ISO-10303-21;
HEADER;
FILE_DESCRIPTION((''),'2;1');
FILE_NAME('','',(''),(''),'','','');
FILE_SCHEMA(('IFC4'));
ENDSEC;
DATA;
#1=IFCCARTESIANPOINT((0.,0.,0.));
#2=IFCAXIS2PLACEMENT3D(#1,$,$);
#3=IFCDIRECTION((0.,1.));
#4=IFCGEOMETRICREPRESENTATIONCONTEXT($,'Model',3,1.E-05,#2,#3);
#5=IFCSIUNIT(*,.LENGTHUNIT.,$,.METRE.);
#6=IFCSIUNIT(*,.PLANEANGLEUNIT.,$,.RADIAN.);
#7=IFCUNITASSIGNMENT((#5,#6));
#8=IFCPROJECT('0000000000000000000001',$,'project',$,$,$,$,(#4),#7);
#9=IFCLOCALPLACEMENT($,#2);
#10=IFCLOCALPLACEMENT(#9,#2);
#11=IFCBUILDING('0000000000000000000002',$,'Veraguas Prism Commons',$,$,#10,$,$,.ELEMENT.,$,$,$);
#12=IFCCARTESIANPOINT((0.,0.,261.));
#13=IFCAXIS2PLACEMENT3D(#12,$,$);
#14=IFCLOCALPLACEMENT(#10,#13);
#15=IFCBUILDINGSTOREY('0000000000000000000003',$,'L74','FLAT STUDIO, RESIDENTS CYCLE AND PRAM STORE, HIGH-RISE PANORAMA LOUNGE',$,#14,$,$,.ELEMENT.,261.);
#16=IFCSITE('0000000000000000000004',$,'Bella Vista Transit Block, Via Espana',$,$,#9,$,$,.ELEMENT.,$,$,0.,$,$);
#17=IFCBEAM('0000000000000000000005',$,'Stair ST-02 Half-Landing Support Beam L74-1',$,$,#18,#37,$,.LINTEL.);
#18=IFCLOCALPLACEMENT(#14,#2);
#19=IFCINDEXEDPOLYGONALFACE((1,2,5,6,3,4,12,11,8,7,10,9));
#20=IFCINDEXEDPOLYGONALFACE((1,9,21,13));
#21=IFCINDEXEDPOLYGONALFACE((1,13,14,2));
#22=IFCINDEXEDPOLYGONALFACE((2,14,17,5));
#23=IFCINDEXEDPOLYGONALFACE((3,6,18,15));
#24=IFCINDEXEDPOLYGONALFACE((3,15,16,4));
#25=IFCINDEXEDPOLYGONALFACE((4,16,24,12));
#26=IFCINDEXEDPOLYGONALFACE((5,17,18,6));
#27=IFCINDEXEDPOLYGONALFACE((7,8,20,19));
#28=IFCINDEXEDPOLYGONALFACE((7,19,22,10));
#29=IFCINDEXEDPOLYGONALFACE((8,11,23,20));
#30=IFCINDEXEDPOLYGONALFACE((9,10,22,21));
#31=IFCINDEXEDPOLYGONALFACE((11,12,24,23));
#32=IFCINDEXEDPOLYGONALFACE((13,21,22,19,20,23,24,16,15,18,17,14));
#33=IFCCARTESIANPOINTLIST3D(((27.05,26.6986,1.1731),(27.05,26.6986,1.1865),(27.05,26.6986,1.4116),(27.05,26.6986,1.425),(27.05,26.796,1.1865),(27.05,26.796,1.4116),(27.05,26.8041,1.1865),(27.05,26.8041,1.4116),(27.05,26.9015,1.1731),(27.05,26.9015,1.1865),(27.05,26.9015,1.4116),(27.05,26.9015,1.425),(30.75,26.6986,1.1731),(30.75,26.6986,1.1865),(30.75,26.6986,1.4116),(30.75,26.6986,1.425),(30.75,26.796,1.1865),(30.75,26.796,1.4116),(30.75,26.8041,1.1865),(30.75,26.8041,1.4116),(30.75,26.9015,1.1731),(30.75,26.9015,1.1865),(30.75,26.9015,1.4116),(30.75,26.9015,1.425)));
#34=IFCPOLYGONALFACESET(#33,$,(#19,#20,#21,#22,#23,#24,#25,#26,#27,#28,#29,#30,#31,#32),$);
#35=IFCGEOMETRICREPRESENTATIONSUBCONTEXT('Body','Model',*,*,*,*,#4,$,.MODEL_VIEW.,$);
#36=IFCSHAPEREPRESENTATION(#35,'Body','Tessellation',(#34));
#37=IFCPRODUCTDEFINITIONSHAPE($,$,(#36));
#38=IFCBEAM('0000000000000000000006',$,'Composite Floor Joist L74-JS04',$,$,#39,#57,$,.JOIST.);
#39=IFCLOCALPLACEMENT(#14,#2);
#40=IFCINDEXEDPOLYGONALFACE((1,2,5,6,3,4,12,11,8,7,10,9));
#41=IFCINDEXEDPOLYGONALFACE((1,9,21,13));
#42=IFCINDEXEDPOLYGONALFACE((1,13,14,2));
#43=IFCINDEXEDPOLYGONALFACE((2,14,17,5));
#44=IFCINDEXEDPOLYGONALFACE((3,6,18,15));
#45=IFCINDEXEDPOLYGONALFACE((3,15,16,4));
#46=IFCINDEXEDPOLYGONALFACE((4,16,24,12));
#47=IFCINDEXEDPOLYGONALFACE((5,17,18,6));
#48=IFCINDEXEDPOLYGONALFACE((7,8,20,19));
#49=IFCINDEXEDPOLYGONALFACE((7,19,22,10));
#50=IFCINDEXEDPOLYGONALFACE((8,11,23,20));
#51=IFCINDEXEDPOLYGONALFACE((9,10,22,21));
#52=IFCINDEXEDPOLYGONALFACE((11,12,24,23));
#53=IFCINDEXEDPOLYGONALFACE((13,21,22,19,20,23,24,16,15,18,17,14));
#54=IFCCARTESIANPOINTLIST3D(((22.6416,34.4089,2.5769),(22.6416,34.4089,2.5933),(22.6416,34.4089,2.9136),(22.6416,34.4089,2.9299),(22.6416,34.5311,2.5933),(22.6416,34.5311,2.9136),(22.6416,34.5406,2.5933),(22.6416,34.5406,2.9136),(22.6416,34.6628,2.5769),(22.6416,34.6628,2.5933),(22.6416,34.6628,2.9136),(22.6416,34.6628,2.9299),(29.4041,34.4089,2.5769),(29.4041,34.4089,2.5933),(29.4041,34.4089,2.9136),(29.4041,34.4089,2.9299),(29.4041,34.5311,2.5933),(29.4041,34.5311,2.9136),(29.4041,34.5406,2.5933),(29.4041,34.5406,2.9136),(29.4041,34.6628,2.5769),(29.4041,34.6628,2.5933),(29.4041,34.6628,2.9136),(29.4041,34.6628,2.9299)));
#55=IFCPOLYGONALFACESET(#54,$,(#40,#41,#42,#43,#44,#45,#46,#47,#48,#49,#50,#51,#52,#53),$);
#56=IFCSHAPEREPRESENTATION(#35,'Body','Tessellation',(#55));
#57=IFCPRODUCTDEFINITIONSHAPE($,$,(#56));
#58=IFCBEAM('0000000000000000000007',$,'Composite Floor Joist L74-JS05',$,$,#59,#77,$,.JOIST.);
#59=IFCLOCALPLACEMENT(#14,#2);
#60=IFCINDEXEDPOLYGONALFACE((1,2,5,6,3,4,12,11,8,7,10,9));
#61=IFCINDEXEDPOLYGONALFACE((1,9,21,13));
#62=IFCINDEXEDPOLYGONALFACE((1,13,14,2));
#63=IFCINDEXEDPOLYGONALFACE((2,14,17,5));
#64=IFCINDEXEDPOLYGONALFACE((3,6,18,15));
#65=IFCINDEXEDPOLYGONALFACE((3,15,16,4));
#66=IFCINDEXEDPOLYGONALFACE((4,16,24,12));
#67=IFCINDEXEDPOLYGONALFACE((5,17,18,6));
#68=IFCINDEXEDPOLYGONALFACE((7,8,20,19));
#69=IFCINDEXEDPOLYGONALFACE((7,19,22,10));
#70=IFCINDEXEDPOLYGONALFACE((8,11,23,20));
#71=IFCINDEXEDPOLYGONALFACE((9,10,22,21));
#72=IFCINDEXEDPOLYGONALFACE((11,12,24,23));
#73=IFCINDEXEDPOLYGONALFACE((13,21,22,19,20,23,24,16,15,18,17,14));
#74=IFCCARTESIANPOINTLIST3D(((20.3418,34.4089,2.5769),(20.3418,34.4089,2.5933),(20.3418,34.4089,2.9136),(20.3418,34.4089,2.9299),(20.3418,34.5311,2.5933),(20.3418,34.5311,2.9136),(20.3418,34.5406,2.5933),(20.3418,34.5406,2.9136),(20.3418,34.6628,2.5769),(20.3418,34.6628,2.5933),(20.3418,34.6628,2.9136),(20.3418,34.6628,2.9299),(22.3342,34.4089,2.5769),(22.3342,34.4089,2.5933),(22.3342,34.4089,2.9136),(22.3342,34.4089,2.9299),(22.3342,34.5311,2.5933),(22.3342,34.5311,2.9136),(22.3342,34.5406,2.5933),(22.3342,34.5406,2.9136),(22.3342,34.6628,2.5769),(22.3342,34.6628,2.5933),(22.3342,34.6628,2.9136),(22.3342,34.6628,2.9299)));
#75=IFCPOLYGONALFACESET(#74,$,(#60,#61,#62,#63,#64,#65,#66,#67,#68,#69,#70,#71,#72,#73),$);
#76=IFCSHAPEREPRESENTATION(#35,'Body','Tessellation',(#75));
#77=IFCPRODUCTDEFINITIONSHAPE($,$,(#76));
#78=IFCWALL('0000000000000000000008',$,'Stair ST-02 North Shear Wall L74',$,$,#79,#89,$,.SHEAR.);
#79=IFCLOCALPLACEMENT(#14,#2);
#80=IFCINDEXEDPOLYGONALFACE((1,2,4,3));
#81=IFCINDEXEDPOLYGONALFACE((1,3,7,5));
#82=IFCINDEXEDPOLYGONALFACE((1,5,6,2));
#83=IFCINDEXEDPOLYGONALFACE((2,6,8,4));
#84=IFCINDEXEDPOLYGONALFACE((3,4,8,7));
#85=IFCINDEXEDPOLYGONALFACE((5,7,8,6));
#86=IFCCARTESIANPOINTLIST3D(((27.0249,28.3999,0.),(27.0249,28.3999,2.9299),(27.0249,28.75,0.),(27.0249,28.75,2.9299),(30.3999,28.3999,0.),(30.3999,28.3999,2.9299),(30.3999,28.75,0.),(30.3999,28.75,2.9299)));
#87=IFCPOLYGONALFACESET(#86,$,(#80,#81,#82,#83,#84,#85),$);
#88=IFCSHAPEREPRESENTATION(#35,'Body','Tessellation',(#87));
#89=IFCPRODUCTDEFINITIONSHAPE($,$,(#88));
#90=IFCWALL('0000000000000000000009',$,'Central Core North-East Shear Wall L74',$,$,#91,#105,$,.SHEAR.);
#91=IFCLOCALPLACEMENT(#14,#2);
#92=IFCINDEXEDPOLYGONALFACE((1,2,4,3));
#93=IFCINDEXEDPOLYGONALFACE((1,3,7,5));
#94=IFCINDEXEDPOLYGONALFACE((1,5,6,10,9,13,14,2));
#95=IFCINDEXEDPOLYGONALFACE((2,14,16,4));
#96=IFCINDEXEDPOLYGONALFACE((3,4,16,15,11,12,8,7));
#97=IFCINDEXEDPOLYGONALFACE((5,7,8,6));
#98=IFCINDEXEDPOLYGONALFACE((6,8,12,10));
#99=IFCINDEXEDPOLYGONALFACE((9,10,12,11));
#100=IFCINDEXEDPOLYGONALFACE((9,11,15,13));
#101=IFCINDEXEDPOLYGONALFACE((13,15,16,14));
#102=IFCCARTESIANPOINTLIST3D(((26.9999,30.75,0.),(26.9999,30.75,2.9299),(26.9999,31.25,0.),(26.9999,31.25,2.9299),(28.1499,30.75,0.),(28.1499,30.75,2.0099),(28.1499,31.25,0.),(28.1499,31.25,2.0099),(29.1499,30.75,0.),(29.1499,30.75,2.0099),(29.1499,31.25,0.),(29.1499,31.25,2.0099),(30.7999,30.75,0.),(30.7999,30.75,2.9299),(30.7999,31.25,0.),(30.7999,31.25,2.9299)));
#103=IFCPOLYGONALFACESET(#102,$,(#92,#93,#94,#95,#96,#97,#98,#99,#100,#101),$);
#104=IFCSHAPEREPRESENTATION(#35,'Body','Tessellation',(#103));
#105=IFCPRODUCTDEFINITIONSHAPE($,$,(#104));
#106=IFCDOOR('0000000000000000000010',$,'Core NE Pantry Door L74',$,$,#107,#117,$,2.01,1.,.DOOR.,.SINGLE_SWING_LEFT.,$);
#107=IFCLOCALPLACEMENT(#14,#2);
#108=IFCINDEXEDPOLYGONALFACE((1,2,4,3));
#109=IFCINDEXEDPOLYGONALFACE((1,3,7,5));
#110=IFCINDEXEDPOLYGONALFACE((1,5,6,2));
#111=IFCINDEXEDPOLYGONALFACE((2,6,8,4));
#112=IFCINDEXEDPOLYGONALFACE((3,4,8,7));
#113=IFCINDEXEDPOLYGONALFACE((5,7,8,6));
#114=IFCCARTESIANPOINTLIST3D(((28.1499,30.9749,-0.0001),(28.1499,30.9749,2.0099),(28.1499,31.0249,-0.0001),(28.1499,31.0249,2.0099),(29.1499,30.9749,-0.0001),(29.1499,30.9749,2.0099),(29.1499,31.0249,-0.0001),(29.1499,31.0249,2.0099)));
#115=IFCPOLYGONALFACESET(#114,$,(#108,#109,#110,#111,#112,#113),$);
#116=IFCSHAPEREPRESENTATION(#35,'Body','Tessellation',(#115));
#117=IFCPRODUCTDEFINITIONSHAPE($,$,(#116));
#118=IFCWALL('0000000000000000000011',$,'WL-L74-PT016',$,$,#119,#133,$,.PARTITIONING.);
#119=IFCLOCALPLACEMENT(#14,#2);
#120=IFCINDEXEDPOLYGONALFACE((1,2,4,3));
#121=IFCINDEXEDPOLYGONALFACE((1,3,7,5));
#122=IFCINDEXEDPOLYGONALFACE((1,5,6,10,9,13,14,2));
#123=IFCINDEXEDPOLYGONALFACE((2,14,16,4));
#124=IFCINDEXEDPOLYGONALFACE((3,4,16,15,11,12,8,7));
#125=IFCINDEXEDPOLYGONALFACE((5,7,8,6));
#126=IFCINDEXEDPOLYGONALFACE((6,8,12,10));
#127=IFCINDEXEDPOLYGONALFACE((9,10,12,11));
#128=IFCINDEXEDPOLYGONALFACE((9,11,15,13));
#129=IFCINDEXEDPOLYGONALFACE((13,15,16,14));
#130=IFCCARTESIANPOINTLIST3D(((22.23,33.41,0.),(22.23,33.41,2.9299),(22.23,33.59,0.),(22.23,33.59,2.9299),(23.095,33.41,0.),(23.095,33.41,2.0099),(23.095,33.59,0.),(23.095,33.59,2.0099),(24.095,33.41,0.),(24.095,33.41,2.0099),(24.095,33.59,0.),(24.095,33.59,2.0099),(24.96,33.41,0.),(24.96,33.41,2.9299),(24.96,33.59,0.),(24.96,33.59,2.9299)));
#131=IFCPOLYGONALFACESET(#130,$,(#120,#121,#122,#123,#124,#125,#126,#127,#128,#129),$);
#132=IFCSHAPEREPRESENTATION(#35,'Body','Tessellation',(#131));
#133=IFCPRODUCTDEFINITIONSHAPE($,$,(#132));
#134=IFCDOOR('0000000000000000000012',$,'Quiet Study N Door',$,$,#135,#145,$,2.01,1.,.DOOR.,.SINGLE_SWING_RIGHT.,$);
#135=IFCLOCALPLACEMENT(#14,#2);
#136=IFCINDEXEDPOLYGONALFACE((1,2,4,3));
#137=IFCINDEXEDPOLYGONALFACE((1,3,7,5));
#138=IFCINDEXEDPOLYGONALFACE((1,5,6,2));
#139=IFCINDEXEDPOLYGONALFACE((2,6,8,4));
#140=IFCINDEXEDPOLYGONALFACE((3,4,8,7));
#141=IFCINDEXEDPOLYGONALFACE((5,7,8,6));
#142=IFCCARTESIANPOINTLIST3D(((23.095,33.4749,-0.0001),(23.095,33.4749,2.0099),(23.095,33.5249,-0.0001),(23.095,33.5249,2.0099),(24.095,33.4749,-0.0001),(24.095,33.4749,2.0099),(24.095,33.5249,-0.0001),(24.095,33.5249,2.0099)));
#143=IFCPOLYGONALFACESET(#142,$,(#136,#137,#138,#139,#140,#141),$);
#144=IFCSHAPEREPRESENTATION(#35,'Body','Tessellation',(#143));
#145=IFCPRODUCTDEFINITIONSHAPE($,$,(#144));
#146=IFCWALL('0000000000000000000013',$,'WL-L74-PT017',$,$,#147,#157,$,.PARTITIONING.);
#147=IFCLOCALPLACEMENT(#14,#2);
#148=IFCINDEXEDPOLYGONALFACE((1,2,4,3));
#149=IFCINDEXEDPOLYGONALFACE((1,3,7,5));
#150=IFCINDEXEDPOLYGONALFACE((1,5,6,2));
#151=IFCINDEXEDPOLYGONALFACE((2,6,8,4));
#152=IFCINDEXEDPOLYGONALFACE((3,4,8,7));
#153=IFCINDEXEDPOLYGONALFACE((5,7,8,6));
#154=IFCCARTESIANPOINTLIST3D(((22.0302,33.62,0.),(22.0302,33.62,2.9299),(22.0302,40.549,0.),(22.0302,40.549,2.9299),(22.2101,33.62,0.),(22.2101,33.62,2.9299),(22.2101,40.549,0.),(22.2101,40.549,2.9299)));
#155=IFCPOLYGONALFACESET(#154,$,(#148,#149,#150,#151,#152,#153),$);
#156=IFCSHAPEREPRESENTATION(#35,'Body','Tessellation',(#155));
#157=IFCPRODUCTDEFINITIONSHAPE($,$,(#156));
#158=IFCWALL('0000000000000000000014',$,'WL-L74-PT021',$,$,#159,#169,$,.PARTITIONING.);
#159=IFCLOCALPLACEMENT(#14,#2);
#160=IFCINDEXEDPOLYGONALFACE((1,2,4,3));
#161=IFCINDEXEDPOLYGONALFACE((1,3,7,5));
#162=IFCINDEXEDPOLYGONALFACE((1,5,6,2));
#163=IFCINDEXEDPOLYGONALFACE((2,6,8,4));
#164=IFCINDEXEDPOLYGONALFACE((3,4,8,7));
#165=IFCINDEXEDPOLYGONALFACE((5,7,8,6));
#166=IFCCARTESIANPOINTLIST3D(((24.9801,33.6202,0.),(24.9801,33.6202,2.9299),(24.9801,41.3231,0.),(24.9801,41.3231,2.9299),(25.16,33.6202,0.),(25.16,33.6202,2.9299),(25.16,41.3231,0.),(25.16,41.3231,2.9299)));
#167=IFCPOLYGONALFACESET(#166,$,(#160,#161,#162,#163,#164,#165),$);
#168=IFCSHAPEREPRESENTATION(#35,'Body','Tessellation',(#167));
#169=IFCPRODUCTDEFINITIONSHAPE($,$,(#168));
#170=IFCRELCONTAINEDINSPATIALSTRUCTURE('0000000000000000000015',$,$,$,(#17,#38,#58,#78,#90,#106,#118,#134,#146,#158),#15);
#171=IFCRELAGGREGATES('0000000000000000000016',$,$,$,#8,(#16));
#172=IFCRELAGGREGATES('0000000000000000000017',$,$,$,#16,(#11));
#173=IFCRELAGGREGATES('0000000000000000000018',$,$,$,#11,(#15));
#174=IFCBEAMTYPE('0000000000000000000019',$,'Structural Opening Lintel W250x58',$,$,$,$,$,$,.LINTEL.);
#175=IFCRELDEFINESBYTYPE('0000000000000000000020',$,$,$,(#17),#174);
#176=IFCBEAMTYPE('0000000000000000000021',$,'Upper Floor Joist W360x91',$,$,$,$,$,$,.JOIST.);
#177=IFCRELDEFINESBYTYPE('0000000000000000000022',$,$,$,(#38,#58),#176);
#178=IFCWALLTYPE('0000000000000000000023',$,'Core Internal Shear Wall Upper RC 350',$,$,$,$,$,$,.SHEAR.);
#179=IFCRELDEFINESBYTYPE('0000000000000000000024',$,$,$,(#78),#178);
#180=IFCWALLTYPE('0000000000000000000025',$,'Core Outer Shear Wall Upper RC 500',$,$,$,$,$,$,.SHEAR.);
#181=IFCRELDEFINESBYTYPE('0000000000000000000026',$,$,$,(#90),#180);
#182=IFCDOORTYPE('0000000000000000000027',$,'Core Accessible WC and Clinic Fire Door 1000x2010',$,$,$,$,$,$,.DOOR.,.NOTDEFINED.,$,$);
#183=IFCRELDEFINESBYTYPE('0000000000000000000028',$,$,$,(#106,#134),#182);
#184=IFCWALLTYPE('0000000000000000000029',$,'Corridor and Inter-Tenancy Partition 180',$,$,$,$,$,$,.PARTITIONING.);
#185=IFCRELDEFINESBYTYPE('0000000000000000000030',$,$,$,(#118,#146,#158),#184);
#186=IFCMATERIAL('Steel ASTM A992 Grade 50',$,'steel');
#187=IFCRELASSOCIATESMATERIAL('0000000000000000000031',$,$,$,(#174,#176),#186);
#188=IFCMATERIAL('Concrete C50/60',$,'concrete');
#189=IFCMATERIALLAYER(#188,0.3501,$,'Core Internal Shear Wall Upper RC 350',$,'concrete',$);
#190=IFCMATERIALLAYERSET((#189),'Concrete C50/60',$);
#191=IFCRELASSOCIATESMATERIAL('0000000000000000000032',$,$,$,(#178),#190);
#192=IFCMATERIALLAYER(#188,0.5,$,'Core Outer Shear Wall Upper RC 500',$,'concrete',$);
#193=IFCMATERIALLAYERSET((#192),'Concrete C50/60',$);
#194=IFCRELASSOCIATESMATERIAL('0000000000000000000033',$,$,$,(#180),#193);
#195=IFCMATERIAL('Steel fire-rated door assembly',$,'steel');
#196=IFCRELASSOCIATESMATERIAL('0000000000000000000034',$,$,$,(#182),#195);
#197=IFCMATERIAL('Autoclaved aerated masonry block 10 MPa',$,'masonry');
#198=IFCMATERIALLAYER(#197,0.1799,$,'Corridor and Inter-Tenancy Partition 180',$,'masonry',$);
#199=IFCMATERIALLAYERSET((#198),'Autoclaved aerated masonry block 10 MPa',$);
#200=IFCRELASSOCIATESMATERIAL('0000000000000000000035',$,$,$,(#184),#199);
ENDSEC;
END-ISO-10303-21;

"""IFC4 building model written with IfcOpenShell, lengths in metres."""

from ifc_helpers import new_model, si_unit, direction, frame, frame_2d, origin, origin_2d, place, context, subcontext, project, spatial, rectangle, i_section, extrude, source, transform, mapped, material, layer, layer_set, material_profile, profile_set, type_object, element, fill, save


model = new_model("IFC4")

# Units and contexts
model_context = context("Model", 3, precision=1e-05, world=origin(), true_north=direction((0.0, 1.0)))
body_context = subcontext(model_context, "Body", "Model", "MODEL_VIEW")
ifc_project = project(units=[si_unit("LENGTHUNIT", "METRE"), si_unit("PLANEANGLEUNIT", "RADIAN")], contexts=[model_context])

# Site, building, storey
site_placement = place(None, origin())
site = spatial("IfcSite", under=ifc_project, at=site_placement, Name="Bella Vista Transit Block, Via Espana", CompositionType="ELEMENT", RefElevation=0.0)
building_placement = place(site_placement, origin())
building = spatial("IfcBuilding", under=site, at=building_placement, Name="Veraguas Prism Commons", CompositionType="ELEMENT")
storey_placement = place(building_placement, frame((0.0, 0.0, 261.0)))
storey = spatial("IfcBuildingStorey", under=building, at=storey_placement, Name="L74", Description="FLAT STUDIO, RESIDENTS CYCLE AND PRAM STORE, HIGH-RISE PANORAMA LOUNGE", CompositionType="ELEMENT", Elevation=261.0)

# Beams
ifc_material_1 = material(Name="Steel ASTM A992 Grade 50", Category="steel")
ifc_material_profile_1 = material_profile(ifc_material_1, i_section(OverallWidth=0.2029, OverallDepth=0.252, WebThickness=0.0081, FlangeThickness=0.0134, at=origin_2d()), Name="W250X58")
ifc_profile_set_1 = profile_set([ifc_material_profile_1], Name="Steel ASTM A992 Grade 50")
beam_type_1 = type_object("IfcBeamType", Name="Structural Opening Lintel W250x58", PredefinedType="LINTEL", material=ifc_profile_set_1)
beam_1_placement = place(storey_placement, frame((27.05, 26.8, 1.2991), z_axis=(1.0, 0.0, 0.0), x_axis=(0.0, 1.0, 0.0)))
element("IfcBeam", 1, at=beam_1_placement, inside=storey, type_object=beam_type_1, Name="Stair ST-02 Half-Landing Support Beam L74-1", PredefinedType="LINTEL", context=body_context, shape_type="SweptSolid", body=[
    extrude(i_section(OverallWidth=0.2029, OverallDepth=0.252, WebThickness=0.0081, FlangeThickness=0.0134, at=origin_2d()), origin(), (0.0, 0.0, 1.0), 3.7),
])
ifc_material_profile_2 = material_profile(ifc_material_1, i_section(OverallWidth=0.2539, OverallDepth=0.353, WebThickness=0.0095, FlangeThickness=0.0164, at=origin_2d()), Name="W360X91")
ifc_profile_set_2 = profile_set([ifc_material_profile_2], Name="Steel ASTM A992 Grade 50")
beam_type_2 = type_object("IfcBeamType", Name="Upper Floor Joist W360x91", PredefinedType="JOIST", material=ifc_profile_set_2)
beam_2_placement = place(storey_placement, frame((29.4041, 34.5359, 2.7534), z_axis=(-1.0, 0.0, 0.0), x_axis=(0.0, -1.0, 0.0)))
element("IfcBeam", 2, at=beam_2_placement, inside=storey, type_object=beam_type_2, Name="Composite Floor Joist L74-JS04", PredefinedType="JOIST", context=body_context, shape_type="SweptSolid", body=[
    extrude(i_section(OverallWidth=0.2539, OverallDepth=0.353, WebThickness=0.0095, FlangeThickness=0.0164, at=origin_2d()), origin(), (0.0, 0.0, 1.0), 6.7625),
])
beam_3_placement = place(storey_placement, frame((22.3342, 34.5359, 2.7534), z_axis=(-1.0, 0.0, 0.0), x_axis=(0.0, -1.0, 0.0)))
element("IfcBeam", 3, at=beam_3_placement, inside=storey, type_object=beam_type_2, Name="Composite Floor Joist L74-JS05", PredefinedType="JOIST", context=body_context, shape_type="SweptSolid", body=[
    extrude(i_section(OverallWidth=0.2539, OverallDepth=0.353, WebThickness=0.0095, FlangeThickness=0.0164, at=origin_2d()), origin(), (0.0, 0.0, 1.0), 1.9924),
])

# Wall
ifc_material_2 = material(Name="Concrete C50/60", Category="concrete")
ifc_layer_1 = layer(ifc_material_2, 0.3501, Name="Core Internal Shear Wall Upper RC 350", Category="concrete")
ifc_layer_set_1 = layer_set([ifc_layer_1], Name="Concrete C50/60")
wall_type_1 = type_object("IfcWallType", Name="Core Internal Shear Wall Upper RC 350", PredefinedType="SHEAR", material=ifc_layer_set_1)
wall_1_placement = place(storey_placement, frame((27.0249, 28.575, 0.0), z_axis=(0.0, 0.0, 1.0), x_axis=(1.0, 0.0, 0.0)))
element("IfcWall", 4, at=wall_1_placement, inside=storey, type_object=wall_type_1, Name="Stair ST-02 North Shear Wall L74", PredefinedType="SHEAR", context=body_context, shape_type="SweptSolid", body=[
    extrude(rectangle(XDim=3.375, YDim=0.3501, at=frame_2d((1.6875, 0.0))), origin(), (0.0, 0.0, 1.0), 2.9299),
])

# Walls, openings, doors
ifc_layer_2 = layer(ifc_material_2, 0.5, Name="Core Outer Shear Wall Upper RC 500", Category="concrete")
ifc_layer_set_2 = layer_set([ifc_layer_2], Name="Concrete C50/60")
wall_type_2 = type_object("IfcWallType", Name="Core Outer Shear Wall Upper RC 500", PredefinedType="SHEAR", material=ifc_layer_set_2)
wall_2_placement = place(storey_placement, frame((27.0, 31.0, 0.0), z_axis=(0.0, 0.0, 1.0), x_axis=(1.0, 0.0, 0.0)))
wall_2 = element("IfcWall", 5, at=wall_2_placement, inside=storey, type_object=wall_type_2, Name="Central Core North-East Shear Wall L74", PredefinedType="SHEAR", context=body_context, shape_type="SweptSolid", body=[
    extrude(rectangle(XDim=3.8, YDim=0.5, at=frame_2d((1.8999, 0.0))), origin(), (0.0, 0.0, 1.0), 2.9299),
])
opening_1_placement = place(wall_2_placement, frame((1.1499, 0.0, 0.0)))
opening_1 = element("IfcOpeningElement", 6, at=opening_1_placement, cuts=wall_2, PredefinedType="OPENING", context=body_context, shape_type="SweptSolid", body=[
    extrude(rectangle(XDim=1.0, YDim=2.01, at=frame_2d((0.5, 1.0049))), frame((0.0, 0.26, 0.0), z_axis=(0.0, -1.0, 0.0), x_axis=(1.0, 0.0, 0.0)), (0.0, 0.0, 1.0), 0.52),
])
ifc_material_3 = material(Name="Steel fire-rated door assembly", Category="steel")
door_type_1 = type_object("IfcDoorType", Name="Core Accessible WC and Clinic Fire Door 1000x2010", OperationType="NOTDEFINED", PredefinedType="DOOR", material=ifc_material_3)
shared_shape_1 = source(origin(), body_context, "Body", "SweptSolid", [
    extrude(rectangle(XDim=1.0, YDim=2.01, at=frame_2d((0.5, 1.0049))), frame((0.0, 0.0249, 0.0), z_axis=(0.0, -1.0, 0.0), x_axis=(1.0, 0.0, 0.0)), (0.0, 0.0, 1.0), 0.05),
])
door_1_placement = place(opening_1_placement, origin())
door_1 = element("IfcDoor", 7, at=door_1_placement, inside=storey, type_object=door_type_1, Name="Core NE Pantry Door L74", OperationType="SINGLE_SWING_LEFT", OverallHeight=2.01, OverallWidth=1.0, PredefinedType="DOOR", context=body_context, shape_type="MappedRepresentation", body=[
    mapped(shared_shape_1, transform((0.0, 0.0, 0.0), scale=1.0)),
])
fill(opening_1, door_1)
ifc_material_4 = material(Name="Autoclaved aerated masonry block 10 MPa", Category="masonry")
ifc_layer_3 = layer(ifc_material_4, 0.1799, Name="Corridor and Inter-Tenancy Partition 180", Category="masonry")
ifc_layer_set_3 = layer_set([ifc_layer_3], Name="Autoclaved aerated masonry block 10 MPa")
wall_type_3 = type_object("IfcWallType", Name="Corridor and Inter-Tenancy Partition 180", PredefinedType="PARTITIONING", material=ifc_layer_set_3)
wall_3_placement = place(storey_placement, frame((22.23, 33.5, 0.0), z_axis=(0.0, 0.0, 1.0), x_axis=(1.0, 0.0, 0.0)))
wall_3 = element("IfcWall", 8, at=wall_3_placement, inside=storey, type_object=wall_type_3, Name="WL-L74-PT016", PredefinedType="PARTITIONING", context=body_context, shape_type="SweptSolid", body=[
    extrude(rectangle(XDim=2.73, YDim=0.1799, at=frame_2d((1.365, 0.0))), origin(), (0.0, 0.0, 1.0), 2.9299),
])
opening_2_placement = place(wall_3_placement, frame((0.865, 0.0, 0.0)))
opening_2 = element("IfcOpeningElement", 9, at=opening_2_placement, cuts=wall_3, PredefinedType="OPENING", context=body_context, shape_type="SweptSolid", body=[
    extrude(rectangle(XDim=1.0, YDim=2.01, at=frame_2d((0.5, 1.0049))), frame((0.0, 0.0999, 0.0), z_axis=(0.0, -1.0, 0.0), x_axis=(1.0, 0.0, 0.0)), (0.0, 0.0, 1.0), 0.2),
])
door_2_placement = place(opening_2_placement, origin())
door_2 = element("IfcDoor", 10, at=door_2_placement, inside=storey, type_object=door_type_1, Name="Quiet Study N Door", OperationType="SINGLE_SWING_RIGHT", OverallHeight=2.01, OverallWidth=1.0, PredefinedType="DOOR", context=body_context, shape_type="MappedRepresentation", body=[
    mapped(shared_shape_1, transform((0.0, 0.0, 0.0), scale=1.0)),
])
fill(opening_2, door_2)

# Walls
wall_4_placement = place(storey_placement, frame((22.1201, 33.6201, 0.0), z_axis=(0.0, 0.0, 1.0), x_axis=(0.0, 1.0, 0.0)))
element("IfcWall", 11, at=wall_4_placement, inside=storey, type_object=wall_type_3, Name="WL-L74-PT017", PredefinedType="PARTITIONING", context=body_context, shape_type="SweptSolid", body=[
    extrude(rectangle(XDim=6.929, YDim=0.1799, at=frame_2d((3.4644, 0.0))), origin(), (0.0, 0.0, 1.0), 2.9299),
])
wall_5_placement = place(storey_placement, frame((25.0701, 33.6201, 0.0), z_axis=(0.0, 0.0, 1.0), x_axis=(0.0, 1.0, 0.0)))
element("IfcWall", 12, at=wall_5_placement, inside=storey, type_object=wall_type_3, Name="WL-L74-PT021", PredefinedType="PARTITIONING", context=body_context, shape_type="SweptSolid", body=[
    extrude(rectangle(XDim=7.7029, YDim=0.1799, at=frame_2d((3.8516, 0.0))), origin(), (0.0, 0.0, 1.0), 2.9299),
])

save(model, "model.ifc")
